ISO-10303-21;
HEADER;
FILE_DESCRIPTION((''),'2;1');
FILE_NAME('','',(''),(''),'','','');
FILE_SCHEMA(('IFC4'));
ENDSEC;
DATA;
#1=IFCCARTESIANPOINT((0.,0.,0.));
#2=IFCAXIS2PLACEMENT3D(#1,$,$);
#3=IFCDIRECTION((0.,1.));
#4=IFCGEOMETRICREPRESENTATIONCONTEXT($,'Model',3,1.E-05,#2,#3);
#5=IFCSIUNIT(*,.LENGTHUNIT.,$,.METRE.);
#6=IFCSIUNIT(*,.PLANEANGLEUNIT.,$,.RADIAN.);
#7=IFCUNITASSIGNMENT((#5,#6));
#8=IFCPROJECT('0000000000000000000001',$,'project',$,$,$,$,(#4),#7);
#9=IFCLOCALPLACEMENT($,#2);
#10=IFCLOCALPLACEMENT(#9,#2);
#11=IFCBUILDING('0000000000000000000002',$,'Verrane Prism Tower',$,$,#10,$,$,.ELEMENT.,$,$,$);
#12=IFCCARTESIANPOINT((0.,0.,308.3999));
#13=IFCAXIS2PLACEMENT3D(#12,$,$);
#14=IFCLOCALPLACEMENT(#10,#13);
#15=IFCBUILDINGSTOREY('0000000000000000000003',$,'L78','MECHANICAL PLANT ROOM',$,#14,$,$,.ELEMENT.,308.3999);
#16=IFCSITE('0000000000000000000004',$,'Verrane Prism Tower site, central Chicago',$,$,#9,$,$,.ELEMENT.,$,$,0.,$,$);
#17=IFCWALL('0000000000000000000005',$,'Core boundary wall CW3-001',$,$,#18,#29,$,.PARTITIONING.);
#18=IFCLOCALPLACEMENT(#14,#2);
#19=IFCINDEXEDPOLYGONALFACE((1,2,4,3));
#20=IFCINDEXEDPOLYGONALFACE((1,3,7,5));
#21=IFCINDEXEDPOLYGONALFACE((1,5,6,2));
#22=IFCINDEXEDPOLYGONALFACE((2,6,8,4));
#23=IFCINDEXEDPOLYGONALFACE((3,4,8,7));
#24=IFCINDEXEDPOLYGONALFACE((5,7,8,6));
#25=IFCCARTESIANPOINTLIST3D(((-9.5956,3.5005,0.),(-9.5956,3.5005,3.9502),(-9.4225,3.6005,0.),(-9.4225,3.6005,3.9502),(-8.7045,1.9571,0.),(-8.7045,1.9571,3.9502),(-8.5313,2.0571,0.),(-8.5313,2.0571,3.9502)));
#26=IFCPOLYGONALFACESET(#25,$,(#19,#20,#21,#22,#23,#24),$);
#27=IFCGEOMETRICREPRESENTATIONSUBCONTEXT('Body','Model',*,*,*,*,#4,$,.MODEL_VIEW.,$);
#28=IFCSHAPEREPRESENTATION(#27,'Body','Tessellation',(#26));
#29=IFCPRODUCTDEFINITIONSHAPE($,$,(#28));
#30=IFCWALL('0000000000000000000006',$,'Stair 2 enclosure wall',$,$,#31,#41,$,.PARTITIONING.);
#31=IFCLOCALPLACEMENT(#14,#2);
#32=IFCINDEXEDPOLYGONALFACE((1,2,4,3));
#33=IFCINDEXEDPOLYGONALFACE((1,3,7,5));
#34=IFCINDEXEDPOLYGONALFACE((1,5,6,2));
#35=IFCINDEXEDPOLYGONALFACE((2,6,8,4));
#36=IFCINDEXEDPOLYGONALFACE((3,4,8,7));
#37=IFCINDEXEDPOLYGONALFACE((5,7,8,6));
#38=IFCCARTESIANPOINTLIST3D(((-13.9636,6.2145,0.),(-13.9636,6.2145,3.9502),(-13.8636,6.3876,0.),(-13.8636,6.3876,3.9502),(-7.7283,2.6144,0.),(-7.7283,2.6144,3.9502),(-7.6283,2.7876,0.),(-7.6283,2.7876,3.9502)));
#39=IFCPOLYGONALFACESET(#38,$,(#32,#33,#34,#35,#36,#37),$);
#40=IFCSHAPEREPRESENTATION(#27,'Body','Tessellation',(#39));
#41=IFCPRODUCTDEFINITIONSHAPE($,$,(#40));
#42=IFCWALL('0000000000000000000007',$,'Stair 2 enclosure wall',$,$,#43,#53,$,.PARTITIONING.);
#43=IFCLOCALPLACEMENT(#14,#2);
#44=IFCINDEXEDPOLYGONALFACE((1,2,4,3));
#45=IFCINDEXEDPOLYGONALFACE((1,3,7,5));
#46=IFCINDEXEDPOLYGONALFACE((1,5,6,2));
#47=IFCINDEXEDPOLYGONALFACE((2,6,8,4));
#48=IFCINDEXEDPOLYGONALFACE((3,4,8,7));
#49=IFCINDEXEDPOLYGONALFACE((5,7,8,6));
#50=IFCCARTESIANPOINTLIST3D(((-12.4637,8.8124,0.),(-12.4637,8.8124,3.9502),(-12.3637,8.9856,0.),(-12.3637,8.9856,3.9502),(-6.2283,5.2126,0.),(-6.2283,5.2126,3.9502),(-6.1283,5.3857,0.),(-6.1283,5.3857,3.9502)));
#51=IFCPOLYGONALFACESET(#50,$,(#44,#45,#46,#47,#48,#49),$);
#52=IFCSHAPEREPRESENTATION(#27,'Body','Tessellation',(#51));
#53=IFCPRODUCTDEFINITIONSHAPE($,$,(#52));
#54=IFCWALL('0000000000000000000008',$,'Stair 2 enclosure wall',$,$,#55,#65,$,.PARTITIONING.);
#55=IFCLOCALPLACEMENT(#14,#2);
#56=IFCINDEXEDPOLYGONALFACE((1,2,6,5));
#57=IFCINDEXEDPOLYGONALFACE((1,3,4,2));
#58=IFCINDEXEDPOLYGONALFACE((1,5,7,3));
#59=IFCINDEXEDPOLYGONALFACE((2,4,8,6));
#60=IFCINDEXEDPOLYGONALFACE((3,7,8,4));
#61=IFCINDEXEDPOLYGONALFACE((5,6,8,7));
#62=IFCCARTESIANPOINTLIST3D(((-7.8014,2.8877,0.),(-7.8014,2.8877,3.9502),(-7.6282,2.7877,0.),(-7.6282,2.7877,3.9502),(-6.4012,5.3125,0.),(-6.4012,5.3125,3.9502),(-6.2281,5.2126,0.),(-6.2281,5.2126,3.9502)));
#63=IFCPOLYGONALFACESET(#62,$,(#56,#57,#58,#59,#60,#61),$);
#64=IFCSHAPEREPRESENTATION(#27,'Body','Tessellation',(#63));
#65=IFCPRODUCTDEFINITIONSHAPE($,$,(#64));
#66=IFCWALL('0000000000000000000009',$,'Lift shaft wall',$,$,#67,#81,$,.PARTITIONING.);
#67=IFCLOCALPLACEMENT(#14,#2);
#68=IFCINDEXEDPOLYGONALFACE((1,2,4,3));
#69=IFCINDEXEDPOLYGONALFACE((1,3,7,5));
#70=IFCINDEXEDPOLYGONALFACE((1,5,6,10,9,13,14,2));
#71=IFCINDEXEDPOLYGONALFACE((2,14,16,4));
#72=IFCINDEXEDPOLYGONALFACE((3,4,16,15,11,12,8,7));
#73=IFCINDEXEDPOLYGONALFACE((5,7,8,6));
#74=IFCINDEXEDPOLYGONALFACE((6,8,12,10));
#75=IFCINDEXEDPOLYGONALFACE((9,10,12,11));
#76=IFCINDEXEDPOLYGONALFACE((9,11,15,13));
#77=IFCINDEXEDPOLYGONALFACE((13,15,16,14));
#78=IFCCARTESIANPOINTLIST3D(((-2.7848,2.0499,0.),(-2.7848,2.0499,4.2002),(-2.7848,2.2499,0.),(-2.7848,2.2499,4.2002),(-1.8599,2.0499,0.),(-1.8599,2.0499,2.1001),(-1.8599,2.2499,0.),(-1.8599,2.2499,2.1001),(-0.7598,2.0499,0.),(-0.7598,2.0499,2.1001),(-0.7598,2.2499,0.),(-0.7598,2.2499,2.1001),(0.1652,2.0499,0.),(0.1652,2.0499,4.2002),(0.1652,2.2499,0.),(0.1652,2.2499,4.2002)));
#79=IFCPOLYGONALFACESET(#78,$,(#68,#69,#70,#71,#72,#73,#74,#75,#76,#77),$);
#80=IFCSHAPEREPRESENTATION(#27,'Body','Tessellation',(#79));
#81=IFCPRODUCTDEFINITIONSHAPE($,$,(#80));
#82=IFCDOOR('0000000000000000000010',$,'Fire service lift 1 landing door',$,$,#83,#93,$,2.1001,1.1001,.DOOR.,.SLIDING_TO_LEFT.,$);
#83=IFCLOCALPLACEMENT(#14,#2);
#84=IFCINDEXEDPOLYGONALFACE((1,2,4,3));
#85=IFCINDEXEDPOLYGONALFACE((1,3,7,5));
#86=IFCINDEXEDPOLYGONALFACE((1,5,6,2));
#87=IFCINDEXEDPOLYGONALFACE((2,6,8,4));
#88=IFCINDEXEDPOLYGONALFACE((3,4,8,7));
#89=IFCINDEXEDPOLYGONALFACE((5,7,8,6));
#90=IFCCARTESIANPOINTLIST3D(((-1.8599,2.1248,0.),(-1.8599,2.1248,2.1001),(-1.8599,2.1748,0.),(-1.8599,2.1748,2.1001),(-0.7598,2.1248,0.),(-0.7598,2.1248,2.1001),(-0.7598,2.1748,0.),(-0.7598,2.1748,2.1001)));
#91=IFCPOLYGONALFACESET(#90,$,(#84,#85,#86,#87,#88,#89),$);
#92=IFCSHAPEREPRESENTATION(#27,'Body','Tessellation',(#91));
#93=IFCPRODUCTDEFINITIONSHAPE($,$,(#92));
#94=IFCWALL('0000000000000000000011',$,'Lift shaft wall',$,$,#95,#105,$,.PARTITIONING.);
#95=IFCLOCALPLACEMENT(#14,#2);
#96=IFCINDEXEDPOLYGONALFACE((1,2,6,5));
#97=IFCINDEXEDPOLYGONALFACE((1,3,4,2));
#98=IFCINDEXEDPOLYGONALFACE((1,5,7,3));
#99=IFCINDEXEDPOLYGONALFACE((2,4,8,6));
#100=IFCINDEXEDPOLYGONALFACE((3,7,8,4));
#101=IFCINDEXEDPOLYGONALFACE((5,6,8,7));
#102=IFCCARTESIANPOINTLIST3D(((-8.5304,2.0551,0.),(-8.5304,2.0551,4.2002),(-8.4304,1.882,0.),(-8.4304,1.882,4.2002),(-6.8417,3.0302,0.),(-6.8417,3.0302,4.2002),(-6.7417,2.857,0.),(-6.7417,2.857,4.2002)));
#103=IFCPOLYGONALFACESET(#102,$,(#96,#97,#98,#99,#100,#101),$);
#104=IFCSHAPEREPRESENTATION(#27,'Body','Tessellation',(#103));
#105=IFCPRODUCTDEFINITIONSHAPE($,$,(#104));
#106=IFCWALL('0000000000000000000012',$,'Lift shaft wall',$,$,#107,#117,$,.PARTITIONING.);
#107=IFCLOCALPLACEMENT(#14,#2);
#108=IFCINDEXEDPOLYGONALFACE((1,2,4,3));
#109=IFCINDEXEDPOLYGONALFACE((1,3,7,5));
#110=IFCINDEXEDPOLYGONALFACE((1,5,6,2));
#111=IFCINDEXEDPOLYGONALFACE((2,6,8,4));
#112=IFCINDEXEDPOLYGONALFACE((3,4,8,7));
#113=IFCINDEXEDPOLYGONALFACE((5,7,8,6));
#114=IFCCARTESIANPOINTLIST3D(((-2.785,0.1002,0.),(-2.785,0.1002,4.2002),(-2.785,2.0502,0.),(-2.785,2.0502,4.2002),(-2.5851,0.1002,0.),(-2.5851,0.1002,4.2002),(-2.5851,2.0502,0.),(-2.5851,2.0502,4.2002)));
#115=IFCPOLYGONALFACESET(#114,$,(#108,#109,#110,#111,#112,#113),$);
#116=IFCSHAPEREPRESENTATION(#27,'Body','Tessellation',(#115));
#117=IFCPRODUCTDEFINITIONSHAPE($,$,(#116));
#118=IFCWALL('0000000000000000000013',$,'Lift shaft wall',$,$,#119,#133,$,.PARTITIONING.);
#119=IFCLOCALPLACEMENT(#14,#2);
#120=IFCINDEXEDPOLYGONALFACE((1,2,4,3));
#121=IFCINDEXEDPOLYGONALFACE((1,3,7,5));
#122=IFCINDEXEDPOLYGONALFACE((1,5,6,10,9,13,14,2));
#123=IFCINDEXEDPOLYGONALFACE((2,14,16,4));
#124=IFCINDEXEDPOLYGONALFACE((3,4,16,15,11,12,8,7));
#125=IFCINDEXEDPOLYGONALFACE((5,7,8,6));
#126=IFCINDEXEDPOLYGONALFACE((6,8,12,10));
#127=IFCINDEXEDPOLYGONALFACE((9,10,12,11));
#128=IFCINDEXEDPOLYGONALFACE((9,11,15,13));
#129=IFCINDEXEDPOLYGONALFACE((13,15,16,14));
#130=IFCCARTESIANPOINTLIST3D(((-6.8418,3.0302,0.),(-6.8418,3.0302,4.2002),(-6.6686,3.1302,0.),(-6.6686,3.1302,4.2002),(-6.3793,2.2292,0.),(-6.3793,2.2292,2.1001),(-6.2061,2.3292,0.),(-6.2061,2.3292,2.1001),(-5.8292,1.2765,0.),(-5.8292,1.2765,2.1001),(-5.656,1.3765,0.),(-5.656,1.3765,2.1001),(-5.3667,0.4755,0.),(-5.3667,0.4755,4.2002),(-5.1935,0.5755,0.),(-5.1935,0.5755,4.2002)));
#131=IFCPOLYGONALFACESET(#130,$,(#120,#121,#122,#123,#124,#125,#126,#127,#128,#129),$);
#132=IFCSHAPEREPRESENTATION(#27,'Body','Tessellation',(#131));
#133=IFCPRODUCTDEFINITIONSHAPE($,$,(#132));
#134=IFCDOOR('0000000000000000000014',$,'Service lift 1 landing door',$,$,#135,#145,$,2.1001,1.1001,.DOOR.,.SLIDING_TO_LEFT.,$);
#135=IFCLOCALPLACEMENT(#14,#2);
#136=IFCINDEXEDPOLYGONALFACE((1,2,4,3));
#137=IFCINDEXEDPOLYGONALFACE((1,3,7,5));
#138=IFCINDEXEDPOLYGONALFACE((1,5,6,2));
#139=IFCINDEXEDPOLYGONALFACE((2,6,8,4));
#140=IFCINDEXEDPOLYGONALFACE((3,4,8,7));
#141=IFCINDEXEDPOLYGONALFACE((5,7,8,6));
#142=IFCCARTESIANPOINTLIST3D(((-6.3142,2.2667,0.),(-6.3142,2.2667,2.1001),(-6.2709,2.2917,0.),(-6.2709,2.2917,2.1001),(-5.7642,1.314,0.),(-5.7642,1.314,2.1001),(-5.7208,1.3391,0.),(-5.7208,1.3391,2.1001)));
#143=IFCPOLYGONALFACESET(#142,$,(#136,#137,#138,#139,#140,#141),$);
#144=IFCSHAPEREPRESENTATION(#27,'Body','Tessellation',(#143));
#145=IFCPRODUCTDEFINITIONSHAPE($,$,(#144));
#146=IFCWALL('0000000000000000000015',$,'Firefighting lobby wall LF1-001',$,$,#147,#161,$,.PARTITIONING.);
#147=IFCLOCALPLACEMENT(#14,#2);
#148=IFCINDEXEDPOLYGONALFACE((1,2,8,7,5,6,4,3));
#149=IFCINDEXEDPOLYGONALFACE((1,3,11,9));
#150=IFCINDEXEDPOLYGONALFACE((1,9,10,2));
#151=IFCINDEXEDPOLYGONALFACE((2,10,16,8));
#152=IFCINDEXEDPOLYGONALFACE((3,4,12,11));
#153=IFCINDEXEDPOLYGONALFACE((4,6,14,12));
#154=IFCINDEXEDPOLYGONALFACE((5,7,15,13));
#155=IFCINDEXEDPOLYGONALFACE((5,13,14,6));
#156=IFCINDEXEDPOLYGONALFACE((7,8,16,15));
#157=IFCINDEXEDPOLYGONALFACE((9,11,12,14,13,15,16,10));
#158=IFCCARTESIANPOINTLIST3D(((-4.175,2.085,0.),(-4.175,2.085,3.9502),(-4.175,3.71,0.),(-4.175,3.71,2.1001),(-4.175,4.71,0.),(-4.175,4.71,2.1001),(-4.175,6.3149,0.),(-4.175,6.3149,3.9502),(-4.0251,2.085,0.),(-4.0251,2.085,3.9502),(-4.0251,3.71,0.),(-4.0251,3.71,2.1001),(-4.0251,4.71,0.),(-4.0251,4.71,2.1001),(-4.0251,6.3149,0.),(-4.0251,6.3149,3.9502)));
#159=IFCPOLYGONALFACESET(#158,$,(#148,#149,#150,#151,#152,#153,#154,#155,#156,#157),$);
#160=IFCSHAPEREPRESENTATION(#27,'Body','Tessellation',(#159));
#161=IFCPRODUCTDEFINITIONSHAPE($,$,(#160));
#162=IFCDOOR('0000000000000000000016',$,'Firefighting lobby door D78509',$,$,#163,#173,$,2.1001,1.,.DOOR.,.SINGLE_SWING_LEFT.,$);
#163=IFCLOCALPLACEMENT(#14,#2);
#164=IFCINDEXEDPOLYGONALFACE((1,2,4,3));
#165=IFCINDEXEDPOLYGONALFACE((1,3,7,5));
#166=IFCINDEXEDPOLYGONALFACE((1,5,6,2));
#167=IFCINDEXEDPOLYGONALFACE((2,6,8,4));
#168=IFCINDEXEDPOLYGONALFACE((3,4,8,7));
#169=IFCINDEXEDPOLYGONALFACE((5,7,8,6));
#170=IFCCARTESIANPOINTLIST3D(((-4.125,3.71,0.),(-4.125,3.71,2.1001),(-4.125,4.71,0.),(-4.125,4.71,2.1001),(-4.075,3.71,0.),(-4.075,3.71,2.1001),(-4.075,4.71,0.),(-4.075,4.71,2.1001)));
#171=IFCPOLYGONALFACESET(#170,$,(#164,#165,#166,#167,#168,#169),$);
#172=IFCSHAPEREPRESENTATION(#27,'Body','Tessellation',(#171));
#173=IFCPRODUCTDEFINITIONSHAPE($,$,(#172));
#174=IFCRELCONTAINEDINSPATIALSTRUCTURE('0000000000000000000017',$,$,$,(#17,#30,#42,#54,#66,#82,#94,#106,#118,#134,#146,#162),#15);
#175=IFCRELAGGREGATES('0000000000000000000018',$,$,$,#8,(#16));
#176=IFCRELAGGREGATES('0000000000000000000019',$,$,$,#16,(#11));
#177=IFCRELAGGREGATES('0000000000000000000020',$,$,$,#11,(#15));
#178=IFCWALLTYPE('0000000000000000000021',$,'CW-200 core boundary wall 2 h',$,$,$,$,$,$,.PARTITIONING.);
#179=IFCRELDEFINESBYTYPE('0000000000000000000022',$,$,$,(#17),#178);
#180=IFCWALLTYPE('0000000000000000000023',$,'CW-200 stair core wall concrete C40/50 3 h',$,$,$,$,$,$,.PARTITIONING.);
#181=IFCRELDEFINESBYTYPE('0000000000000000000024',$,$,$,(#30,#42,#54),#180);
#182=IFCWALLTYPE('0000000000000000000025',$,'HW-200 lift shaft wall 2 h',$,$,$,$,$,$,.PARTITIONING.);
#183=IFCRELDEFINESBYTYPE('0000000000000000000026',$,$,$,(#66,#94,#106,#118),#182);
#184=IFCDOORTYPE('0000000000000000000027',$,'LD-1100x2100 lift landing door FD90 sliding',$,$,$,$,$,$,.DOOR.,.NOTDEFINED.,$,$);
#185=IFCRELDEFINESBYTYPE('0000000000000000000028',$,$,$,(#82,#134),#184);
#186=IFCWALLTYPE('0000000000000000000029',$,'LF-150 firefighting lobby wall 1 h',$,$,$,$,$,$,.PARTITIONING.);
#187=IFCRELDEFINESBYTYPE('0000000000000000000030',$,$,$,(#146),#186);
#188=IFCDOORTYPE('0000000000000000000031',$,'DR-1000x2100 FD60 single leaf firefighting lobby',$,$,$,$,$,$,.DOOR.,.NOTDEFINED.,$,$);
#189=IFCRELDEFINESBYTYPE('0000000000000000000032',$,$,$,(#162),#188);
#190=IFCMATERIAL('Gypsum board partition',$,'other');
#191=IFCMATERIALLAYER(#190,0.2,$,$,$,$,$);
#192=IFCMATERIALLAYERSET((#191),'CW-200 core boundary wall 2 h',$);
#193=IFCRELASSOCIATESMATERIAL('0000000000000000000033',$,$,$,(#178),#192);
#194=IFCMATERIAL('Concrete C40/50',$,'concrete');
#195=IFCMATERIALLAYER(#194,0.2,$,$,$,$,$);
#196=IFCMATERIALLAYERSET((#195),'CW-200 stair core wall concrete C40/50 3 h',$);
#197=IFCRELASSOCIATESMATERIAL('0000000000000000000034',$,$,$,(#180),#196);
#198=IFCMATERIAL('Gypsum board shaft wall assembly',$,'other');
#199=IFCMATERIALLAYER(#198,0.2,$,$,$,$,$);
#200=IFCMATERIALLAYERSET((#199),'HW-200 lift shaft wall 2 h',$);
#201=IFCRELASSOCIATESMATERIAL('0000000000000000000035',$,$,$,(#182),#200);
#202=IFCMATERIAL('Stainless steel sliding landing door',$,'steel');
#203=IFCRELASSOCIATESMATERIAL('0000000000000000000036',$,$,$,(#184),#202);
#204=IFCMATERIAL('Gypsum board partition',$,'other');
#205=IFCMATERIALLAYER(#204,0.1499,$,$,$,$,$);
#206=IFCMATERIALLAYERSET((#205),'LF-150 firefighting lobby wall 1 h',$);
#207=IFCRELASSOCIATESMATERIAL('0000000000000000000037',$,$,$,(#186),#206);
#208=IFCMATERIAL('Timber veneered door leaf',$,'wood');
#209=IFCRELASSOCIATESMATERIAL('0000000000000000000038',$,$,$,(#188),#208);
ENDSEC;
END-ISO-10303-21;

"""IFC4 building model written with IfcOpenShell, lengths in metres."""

from ifc_helpers import new_model, si_unit, direction, frame, frame_2d, origin, place, context, subcontext, project, spatial, rectangle, extrude, material, layer, layer_set, type_object, element, fill, save


model = new_model("IFC4")

# Units and contexts
model_context = context("Model", 3, precision=1e-05, world=origin(), true_north=direction((0.0, 1.0)))
body_context = subcontext(model_context, "Body", "Model", "MODEL_VIEW")
ifc_project = project(units=[si_unit("LENGTHUNIT", "METRE"), si_unit("PLANEANGLEUNIT", "RADIAN")], contexts=[model_context])

# Site, building, storey
site_placement = place(None, origin())
site = spatial("IfcSite", under=ifc_project, at=site_placement, Name="Verrane Prism Tower site, central Chicago", CompositionType="ELEMENT", RefElevation=0.0)
building_placement = place(site_placement, origin())
building = spatial("IfcBuilding", under=site, at=building_placement, Name="Verrane Prism Tower", CompositionType="ELEMENT")
storey_placement = place(building_placement, frame((0.0, 0.0, 308.3999)))
storey = spatial("IfcBuildingStorey", under=building, at=storey_placement, Name="L78", Description="MECHANICAL PLANT ROOM", CompositionType="ELEMENT", Elevation=308.3999)

# Walls
ifc_material_1 = material(Name="Gypsum board partition", Category="other")
ifc_layer_1 = layer(ifc_material_1, 0.2)
ifc_layer_set_1 = layer_set([ifc_layer_1], Name="CW-200 core boundary wall 2 h")
wall_type_1 = type_object("IfcWallType", Name="CW-200 core boundary wall 2 h", PredefinedType="PARTITIONING", material=ifc_layer_set_1)
wall_1_placement = place(storey_placement, frame((-9.509, 3.5505, 0.0), z_axis=(0.0, 0.0, 1.0), x_axis=(0.499999, -0.866026, 0.0)))
element("IfcWall", 1, at=wall_1_placement, inside=storey, type_object=wall_type_1, Name="Core boundary wall CW3-001", PredefinedType="PARTITIONING", context=body_context, shape_type="SweptSolid", body=[
    extrude(rectangle(XDim=1.7822, YDim=0.2, at=frame_2d((0.8911, 0.0))), origin(), (0.0, 0.0, 1.0), 3.9502),
])
ifc_material_2 = material(Name="Concrete C40/50", Category="concrete")
ifc_layer_2 = layer(ifc_material_2, 0.2)
ifc_layer_set_2 = layer_set([ifc_layer_2], Name="CW-200 stair core wall concrete C40/50 3 h")
wall_type_2 = type_object("IfcWallType", Name="CW-200 stair core wall concrete C40/50 3 h", PredefinedType="PARTITIONING", material=ifc_layer_set_2)
for number, where, z_axis, x_axis, name in (
    (2, (-7.6782, 2.7009, 0.0), (0.0, 0.0, 1.0), (-0.866018, 0.500012, 0.0), "Stair 2 enclosure wall"),
    (3, (-6.1782, 5.2991, 0.0), (0.0, 0.0, 1.0), (-0.866033, 0.499987, 0.0), "Stair 2 enclosure wall"),
):
    element("IfcWall", number, at=place(storey_placement, frame(where, z_axis=z_axis, x_axis=x_axis)), inside=storey, type_object=wall_type_2, Name=name, PredefinedType="PARTITIONING", context=body_context, shape_type="SweptSolid", body=[
        extrude(rectangle(XDim=7.2, YDim=0.2, at=frame_2d((3.6001, 0.0))), origin(), (0.0, 0.0, 1.0), 3.9502),
    ])
wall_2_placement = place(storey_placement, frame((-6.3147, 5.2625, 0.0), z_axis=(0.0, 0.0, 1.0), x_axis=(-0.50005, -0.865997, 0.0)))
element("IfcWall", 4, at=wall_2_placement, inside=storey, type_object=wall_type_2, Name="Stair 2 enclosure wall", PredefinedType="PARTITIONING", context=body_context, shape_type="SweptSolid", body=[
    extrude(rectangle(XDim=2.8, YDim=0.2, at=frame_2d((1.3999, 0.0))), origin(), (0.0, 0.0, 1.0), 3.9502),
])

# Wall, opening, door
ifc_material_3 = material(Name="Gypsum board shaft wall assembly", Category="other")
ifc_layer_3 = layer(ifc_material_3, 0.2)
ifc_layer_set_3 = layer_set([ifc_layer_3], Name="HW-200 lift shaft wall 2 h")
wall_type_3 = type_object("IfcWallType", Name="HW-200 lift shaft wall 2 h", PredefinedType="PARTITIONING", material=ifc_layer_set_3)
wall_3_placement = place(storey_placement, frame((-2.7849, 2.1499, 0.0), z_axis=(0.0, 0.0, 1.0), x_axis=(1.0, 0.0, 0.0)))
wall_3 = element("IfcWall", 5, at=wall_3_placement, inside=storey, type_object=wall_type_3, Name="Lift shaft wall", PredefinedType="PARTITIONING", context=body_context, shape_type="SweptSolid", body=[
    extrude(rectangle(XDim=2.95, YDim=0.2, at=frame_2d((1.4751, 0.0))), origin(), (0.0, 0.0, 1.0), 4.2002),
])
opening_1_placement = place(wall_3_placement, frame((0.925, 0.0, 0.0)))
opening_1 = element("IfcOpeningElement", 6, at=opening_1_placement, cuts=wall_3, PredefinedType="OPENING", context=body_context, shape_type="SweptSolid", body=[
    extrude(rectangle(XDim=1.1001, YDim=2.1001, at=frame_2d((0.55, 1.05))), frame((0.0, 0.1099, 0.0), z_axis=(0.0, -1.0, 0.0), x_axis=(1.0, 0.0, 0.0)), (0.0, 0.0, 1.0), 0.22),
])
ifc_material_4 = material(Name="Stainless steel sliding landing door", Category="steel")
door_type_1 = type_object("IfcDoorType", Name="LD-1100x2100 lift landing door FD90 sliding", OperationType="NOTDEFINED", PredefinedType="DOOR", material=ifc_material_4)
door_1_placement = place(opening_1_placement, origin())
door_1 = element("IfcDoor", 7, at=door_1_placement, inside=storey, type_object=door_type_1, Name="Fire service lift 1 landing door", OperationType="SLIDING_TO_LEFT", OverallHeight=2.1001, OverallWidth=1.1001, PredefinedType="DOOR", context=body_context, shape_type="SweptSolid", body=[
    extrude(rectangle(XDim=1.1001, YDim=2.1001, at=frame_2d((0.55, 1.05))), frame((0.0, 0.0249, 0.0), z_axis=(0.0, -1.0, 0.0), x_axis=(1.0, 0.0, 0.0)), (0.0, 0.0, 1.0), 0.05),
])
fill(opening_1, door_1)

# Walls
for number, where, z_axis, x_axis, name in (
    (8, (-8.4805, 1.9685, 0.0), (0.0, 0.0, 1.0), (0.866, 0.500044, 0.0), "Lift shaft wall"),
    (9, (-2.6851, 0.1001, 0.0), (0.0, 0.0, 1.0), (0.0, 1.0, 0.0), "Lift shaft wall"),
):
    element("IfcWall", number, at=place(storey_placement, frame(where, z_axis=z_axis, x_axis=x_axis)), inside=storey, type_object=wall_type_3, Name=name, PredefinedType="PARTITIONING", context=body_context, shape_type="SweptSolid", body=[
        extrude(rectangle(XDim=1.95, YDim=0.2, at=frame_2d((0.9751, 0.0))), origin(), (0.0, 0.0, 1.0), 4.2002),
    ])

# Walls, openings, doors
wall_4_placement = place(storey_placement, frame((-5.28, 0.5254, 0.0), z_axis=(0.0, 0.0, 1.0), x_axis=(-0.500038, 0.866004, 0.0)))
wall_4 = element("IfcWall", 10, at=wall_4_placement, inside=storey, type_object=wall_type_3, Name="Lift shaft wall", PredefinedType="PARTITIONING", context=body_context, shape_type="SweptSolid", body=[
    extrude(rectangle(XDim=2.95, YDim=0.2, at=frame_2d((1.4751, 0.0))), origin(), (0.0, 0.0, 1.0), 4.2002),
])
opening_2_placement = place(wall_4_placement, frame((0.925, 0.0, 0.0)))
opening_2 = element("IfcOpeningElement", 11, at=opening_2_placement, cuts=wall_4, PredefinedType="OPENING", context=body_context, shape_type="SweptSolid", body=[
    extrude(rectangle(XDim=1.1001, YDim=2.1001, at=frame_2d((0.55, 1.05))), frame((0.0, 0.1099, 0.0), z_axis=(0.0, -1.0, 0.0), x_axis=(1.0, 0.0, 0.0)), (0.0, 0.0, 1.0), 0.22),
])
door_2_placement = place(opening_2_placement, origin())
door_2 = element("IfcDoor", 12, at=door_2_placement, inside=storey, type_object=door_type_1, Name="Service lift 1 landing door", OperationType="SLIDING_TO_LEFT", OverallHeight=2.1001, OverallWidth=1.1001, PredefinedType="DOOR", context=body_context, shape_type="SweptSolid", body=[
    extrude(rectangle(XDim=1.1001, YDim=2.1001, at=frame_2d((0.55, 1.05))), frame((0.0, 0.0249, 0.0), z_axis=(0.0, -1.0, 0.0), x_axis=(1.0, 0.0, 0.0)), (0.0, 0.0, 1.0), 0.05),
])
fill(opening_2, door_2)
ifc_material_5 = material(Name="Gypsum board partition", Category="other")
ifc_layer_4 = layer(ifc_material_5, 0.1499)
ifc_layer_set_4 = layer_set([ifc_layer_4], Name="LF-150 firefighting lobby wall 1 h")
wall_type_4 = type_object("IfcWallType", Name="LF-150 firefighting lobby wall 1 h", PredefinedType="PARTITIONING", material=ifc_layer_set_4)
wall_5_placement = place(storey_placement, frame((-4.1001, 2.085, 0.0), z_axis=(0.0, 0.0, 1.0), x_axis=(0.0, 1.0, 0.0)))
wall_5 = element("IfcWall", 13, at=wall_5_placement, inside=storey, type_object=wall_type_4, Name="Firefighting lobby wall LF1-001", PredefinedType="PARTITIONING", context=body_context, shape_type="SweptSolid", body=[
    extrude(rectangle(XDim=4.23, YDim=0.1499, at=frame_2d((2.115, 0.0))), origin(), (0.0, 0.0, 1.0), 3.9502),
])
opening_3_placement = place(wall_5_placement, frame((1.625, 0.0, 0.0)))
opening_3 = element("IfcOpeningElement", 14, at=opening_3_placement, cuts=wall_5, PredefinedType="OPENING", context=body_context, shape_type="SweptSolid", body=[
    extrude(rectangle(XDim=1.0, YDim=2.1001, at=frame_2d((0.5, 1.05))), frame((0.0, 0.085, 0.0), z_axis=(0.0, -1.0, 0.0), x_axis=(1.0, 0.0, 0.0)), (0.0, 0.0, 1.0), 0.1699),
])
ifc_material_6 = material(Name="Timber veneered door leaf", Category="wood")
door_type_2 = type_object("IfcDoorType", Name="DR-1000x2100 FD60 single leaf firefighting lobby", OperationType="NOTDEFINED", PredefinedType="DOOR", material=ifc_material_6)
door_3_placement = place(opening_3_placement, origin())
door_3 = element("IfcDoor", 15, at=door_3_placement, inside=storey, type_object=door_type_2, Name="Firefighting lobby door D78509", OperationType="SINGLE_SWING_LEFT", OverallHeight=2.1001, OverallWidth=1.0, PredefinedType="DOOR", context=body_context, shape_type="SweptSolid", body=[
    extrude(rectangle(XDim=1.0, YDim=2.1001, at=frame_2d((0.5, 1.05))), frame((0.0, 0.0249, 0.0), z_axis=(0.0, -1.0, 0.0), x_axis=(1.0, 0.0, 0.0)), (0.0, 0.0, 1.0), 0.05),
])
fill(opening_3, door_3)

save(model, "model.ifc")
